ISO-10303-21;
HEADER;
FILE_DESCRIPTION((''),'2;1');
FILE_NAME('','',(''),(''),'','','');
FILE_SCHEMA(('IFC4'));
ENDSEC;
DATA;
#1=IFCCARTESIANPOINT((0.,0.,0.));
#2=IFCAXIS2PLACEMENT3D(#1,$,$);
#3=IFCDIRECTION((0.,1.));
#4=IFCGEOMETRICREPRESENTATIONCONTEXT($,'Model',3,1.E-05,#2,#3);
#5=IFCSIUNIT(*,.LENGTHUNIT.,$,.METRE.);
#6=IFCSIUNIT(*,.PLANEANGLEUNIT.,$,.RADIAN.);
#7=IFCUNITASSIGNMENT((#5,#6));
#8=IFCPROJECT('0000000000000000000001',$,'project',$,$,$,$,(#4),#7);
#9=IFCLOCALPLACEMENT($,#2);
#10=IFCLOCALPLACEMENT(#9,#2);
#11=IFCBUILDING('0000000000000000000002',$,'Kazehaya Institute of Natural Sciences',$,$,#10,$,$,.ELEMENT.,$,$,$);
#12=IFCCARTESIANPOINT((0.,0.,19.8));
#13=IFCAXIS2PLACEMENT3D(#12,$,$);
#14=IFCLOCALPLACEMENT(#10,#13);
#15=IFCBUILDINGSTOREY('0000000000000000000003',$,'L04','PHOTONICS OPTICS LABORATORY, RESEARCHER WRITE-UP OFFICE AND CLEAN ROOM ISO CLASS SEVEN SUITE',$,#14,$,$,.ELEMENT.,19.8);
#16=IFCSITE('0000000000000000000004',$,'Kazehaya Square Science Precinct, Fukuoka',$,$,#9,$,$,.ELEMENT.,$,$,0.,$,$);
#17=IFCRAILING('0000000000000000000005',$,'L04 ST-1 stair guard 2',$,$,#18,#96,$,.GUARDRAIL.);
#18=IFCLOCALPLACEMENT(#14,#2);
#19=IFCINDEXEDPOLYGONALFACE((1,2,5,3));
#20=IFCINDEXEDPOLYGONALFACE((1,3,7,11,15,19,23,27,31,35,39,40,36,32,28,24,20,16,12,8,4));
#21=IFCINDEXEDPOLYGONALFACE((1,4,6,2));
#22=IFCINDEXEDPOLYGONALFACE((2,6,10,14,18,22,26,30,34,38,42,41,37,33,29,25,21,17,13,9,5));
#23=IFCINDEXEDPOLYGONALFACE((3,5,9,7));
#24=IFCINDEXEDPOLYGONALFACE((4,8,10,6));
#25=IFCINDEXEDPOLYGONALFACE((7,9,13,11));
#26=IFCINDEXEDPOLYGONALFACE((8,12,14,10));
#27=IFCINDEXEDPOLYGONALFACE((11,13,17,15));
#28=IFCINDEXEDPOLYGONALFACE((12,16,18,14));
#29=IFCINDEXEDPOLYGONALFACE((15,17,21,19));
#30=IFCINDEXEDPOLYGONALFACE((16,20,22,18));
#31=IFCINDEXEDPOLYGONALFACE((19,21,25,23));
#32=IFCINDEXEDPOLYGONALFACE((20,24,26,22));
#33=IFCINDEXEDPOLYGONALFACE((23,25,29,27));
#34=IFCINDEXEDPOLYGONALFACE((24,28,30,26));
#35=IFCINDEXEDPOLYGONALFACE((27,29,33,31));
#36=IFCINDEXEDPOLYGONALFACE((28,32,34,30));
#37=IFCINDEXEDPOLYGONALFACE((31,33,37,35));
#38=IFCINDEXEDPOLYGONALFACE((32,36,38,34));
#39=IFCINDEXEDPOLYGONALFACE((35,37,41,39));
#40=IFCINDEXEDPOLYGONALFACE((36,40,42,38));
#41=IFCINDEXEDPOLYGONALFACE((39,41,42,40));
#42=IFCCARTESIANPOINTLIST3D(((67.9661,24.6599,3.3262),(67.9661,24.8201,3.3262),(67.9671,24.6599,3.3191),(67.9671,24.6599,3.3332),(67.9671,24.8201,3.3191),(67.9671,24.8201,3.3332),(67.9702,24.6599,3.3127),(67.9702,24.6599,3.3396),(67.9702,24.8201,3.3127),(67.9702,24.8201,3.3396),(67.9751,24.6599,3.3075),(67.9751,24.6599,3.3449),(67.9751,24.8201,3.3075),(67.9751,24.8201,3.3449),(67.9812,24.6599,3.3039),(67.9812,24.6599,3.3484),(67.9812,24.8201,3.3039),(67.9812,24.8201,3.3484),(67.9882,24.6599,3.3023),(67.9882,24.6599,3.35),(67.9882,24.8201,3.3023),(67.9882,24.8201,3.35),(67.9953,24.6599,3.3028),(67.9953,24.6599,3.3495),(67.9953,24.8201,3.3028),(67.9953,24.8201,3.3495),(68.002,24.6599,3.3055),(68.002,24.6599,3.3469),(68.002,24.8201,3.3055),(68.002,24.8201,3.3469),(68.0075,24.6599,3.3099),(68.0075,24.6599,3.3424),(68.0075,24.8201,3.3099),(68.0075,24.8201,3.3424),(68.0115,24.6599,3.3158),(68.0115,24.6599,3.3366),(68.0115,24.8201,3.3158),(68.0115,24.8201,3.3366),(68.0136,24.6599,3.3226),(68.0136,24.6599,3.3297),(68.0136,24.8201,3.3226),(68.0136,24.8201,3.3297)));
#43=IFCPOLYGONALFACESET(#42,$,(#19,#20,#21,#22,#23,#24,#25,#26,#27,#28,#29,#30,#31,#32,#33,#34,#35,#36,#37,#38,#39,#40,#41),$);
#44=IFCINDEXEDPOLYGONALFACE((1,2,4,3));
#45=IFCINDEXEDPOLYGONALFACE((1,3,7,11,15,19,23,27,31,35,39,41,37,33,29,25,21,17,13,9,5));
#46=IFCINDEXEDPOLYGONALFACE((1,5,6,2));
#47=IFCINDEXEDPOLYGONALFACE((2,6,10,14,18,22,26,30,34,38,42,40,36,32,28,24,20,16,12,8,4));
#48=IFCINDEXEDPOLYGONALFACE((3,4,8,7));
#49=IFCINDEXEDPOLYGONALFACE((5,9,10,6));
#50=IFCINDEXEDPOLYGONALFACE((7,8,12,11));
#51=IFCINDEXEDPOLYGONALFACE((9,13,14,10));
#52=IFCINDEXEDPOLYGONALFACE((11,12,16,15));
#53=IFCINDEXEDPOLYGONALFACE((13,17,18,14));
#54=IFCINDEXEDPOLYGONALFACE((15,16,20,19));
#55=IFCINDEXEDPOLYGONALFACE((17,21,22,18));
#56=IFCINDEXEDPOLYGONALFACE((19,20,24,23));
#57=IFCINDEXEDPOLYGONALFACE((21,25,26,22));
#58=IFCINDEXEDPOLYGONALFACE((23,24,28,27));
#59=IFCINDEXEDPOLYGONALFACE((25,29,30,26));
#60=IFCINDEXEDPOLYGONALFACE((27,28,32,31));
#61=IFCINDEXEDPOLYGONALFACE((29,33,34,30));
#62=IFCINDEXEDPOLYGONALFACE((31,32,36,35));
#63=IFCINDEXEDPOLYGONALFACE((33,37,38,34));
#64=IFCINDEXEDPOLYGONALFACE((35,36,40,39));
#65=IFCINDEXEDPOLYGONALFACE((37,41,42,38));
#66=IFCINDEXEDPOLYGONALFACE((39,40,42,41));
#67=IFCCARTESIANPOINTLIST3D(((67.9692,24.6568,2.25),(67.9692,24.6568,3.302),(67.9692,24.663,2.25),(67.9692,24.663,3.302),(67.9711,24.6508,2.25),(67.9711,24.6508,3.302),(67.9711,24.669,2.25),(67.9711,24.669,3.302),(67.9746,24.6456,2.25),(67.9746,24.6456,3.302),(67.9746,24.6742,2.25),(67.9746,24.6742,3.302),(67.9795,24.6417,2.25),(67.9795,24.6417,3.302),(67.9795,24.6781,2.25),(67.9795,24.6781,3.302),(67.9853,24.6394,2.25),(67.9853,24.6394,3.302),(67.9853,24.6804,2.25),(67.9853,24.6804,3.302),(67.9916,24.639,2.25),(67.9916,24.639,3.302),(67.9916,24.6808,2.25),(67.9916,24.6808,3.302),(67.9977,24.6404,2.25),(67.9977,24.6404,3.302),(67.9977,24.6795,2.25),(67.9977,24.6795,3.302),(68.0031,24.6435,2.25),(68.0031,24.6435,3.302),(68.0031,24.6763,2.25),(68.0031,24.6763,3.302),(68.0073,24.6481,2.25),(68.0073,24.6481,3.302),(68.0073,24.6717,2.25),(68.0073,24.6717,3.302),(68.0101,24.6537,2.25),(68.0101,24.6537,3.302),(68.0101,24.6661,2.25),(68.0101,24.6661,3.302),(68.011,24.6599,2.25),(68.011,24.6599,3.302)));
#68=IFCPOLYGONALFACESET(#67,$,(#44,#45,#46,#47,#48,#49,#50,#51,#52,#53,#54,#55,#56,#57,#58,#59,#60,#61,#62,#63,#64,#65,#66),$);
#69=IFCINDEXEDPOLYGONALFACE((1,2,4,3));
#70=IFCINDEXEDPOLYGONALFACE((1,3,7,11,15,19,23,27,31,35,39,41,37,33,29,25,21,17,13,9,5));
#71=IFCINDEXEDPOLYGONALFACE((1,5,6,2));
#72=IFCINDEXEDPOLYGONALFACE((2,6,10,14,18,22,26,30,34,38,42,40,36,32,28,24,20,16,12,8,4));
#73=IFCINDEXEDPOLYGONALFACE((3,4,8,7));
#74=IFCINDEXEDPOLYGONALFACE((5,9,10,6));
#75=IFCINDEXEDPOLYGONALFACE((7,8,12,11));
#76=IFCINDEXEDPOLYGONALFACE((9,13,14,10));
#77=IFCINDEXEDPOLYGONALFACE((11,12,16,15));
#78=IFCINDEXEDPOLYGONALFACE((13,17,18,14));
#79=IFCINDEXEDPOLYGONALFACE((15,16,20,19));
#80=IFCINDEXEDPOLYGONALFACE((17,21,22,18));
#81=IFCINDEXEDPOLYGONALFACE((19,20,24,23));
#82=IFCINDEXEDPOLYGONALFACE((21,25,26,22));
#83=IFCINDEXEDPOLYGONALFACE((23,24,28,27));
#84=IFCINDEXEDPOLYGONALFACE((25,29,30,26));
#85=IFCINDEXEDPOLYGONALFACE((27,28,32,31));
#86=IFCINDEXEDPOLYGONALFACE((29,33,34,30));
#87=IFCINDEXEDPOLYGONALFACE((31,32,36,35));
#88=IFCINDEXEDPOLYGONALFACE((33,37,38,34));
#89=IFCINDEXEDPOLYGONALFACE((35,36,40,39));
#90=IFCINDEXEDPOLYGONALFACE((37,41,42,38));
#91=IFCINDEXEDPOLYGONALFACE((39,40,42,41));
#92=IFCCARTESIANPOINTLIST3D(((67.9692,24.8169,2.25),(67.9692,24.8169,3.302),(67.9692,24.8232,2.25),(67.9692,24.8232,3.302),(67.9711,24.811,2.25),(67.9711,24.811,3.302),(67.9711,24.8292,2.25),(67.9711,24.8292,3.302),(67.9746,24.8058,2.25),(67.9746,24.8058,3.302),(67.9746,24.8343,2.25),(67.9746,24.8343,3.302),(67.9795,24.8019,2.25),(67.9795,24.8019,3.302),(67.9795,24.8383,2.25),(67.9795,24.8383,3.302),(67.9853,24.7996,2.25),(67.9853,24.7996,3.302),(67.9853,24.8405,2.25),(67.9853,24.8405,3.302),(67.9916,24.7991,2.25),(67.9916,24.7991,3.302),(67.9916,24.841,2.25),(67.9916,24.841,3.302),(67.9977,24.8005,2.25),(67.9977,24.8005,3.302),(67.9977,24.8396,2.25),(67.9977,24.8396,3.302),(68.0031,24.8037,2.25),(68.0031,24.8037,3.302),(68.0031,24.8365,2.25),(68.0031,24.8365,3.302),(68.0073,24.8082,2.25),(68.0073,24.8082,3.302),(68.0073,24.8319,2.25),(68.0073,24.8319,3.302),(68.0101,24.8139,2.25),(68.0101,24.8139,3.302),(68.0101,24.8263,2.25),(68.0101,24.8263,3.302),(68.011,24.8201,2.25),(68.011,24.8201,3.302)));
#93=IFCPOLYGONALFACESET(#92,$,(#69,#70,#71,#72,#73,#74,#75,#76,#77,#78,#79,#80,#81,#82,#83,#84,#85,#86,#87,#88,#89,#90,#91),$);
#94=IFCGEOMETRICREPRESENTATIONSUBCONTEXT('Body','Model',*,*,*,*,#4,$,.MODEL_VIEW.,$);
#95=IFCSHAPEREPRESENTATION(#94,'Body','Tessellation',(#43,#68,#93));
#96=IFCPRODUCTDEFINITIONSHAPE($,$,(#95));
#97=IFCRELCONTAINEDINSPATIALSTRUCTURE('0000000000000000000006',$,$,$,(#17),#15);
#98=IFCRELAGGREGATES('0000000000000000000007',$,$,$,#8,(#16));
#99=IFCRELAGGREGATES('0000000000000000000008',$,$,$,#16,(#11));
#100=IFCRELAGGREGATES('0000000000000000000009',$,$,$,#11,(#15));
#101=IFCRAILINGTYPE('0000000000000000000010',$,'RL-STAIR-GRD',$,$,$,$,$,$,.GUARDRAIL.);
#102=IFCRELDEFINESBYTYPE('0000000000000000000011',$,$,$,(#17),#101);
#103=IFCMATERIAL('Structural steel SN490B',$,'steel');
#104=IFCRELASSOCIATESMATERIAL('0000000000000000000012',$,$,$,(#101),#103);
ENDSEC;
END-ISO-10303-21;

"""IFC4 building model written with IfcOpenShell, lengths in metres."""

from ifc_helpers import new_model, si_unit, direction, frame, origin, origin_2d, place, context, subcontext, project, spatial, circle, extrude, material, type_object, element, save


model = new_model("IFC4")

# Units and contexts
model_context = context("Model", 3, precision=1e-05, world=origin(), true_north=direction((0.0, 1.0)))
body_context = subcontext(model_context, "Body", "Model", "MODEL_VIEW")
ifc_project = project(units=[si_unit("LENGTHUNIT", "METRE"), si_unit("PLANEANGLEUNIT", "RADIAN")], contexts=[model_context])

# Site, building, storey
site_placement = place(None, origin())
site = spatial("IfcSite", under=ifc_project, at=site_placement, Name="Kazehaya Square Science Precinct, Fukuoka", CompositionType="ELEMENT", RefElevation=0.0)
building_placement = place(site_placement, origin())
building = spatial("IfcBuilding", under=site, at=building_placement, Name="Kazehaya Institute of Natural Sciences", CompositionType="ELEMENT")
storey_placement = place(building_placement, frame((0.0, 0.0, 19.8)))
storey = spatial("IfcBuildingStorey", under=building, at=storey_placement, Name="L04", Description="PHOTONICS OPTICS LABORATORY, RESEARCHER WRITE-UP OFFICE AND CLEAN ROOM ISO CLASS SEVEN SUITE", CompositionType="ELEMENT", Elevation=19.8)

# Shared definitions
ifc_material_1 = material(Name="Structural steel SN490B", Category="steel")

# Railing
railing_type_1 = type_object("IfcRailingType", Name="RL-STAIR-GRD", PredefinedType="GUARDRAIL", material=ifc_material_1)
railing_1_placement = place(storey_placement, frame((67.99, 24.6599, 2.25)))
element("IfcRailing", 1, at=railing_1_placement, inside=storey, type_object=railing_type_1, Name="L04 ST-1 stair guard 2", PredefinedType="GUARDRAIL", context=body_context, shape_type="SweptSolid", body=[
    extrude(circle(Radius=0.0239, at=origin_2d()), frame((0.0, 0.0, 1.0762), z_axis=(0.0, 1.0, 0.0), x_axis=(-1.0, 0.0, 0.0)), (0.0, 0.0, 1.0), 0.1602),
    extrude(circle(Radius=0.021, at=origin_2d()), origin(), (0.0, 0.0, 1.0), 1.052),
    extrude(circle(Radius=0.021, at=origin_2d()), frame((0.0, 0.1602, 0.0)), (0.0, 0.0, 1.0), 1.052),
])

save(model, "model.ifc")
